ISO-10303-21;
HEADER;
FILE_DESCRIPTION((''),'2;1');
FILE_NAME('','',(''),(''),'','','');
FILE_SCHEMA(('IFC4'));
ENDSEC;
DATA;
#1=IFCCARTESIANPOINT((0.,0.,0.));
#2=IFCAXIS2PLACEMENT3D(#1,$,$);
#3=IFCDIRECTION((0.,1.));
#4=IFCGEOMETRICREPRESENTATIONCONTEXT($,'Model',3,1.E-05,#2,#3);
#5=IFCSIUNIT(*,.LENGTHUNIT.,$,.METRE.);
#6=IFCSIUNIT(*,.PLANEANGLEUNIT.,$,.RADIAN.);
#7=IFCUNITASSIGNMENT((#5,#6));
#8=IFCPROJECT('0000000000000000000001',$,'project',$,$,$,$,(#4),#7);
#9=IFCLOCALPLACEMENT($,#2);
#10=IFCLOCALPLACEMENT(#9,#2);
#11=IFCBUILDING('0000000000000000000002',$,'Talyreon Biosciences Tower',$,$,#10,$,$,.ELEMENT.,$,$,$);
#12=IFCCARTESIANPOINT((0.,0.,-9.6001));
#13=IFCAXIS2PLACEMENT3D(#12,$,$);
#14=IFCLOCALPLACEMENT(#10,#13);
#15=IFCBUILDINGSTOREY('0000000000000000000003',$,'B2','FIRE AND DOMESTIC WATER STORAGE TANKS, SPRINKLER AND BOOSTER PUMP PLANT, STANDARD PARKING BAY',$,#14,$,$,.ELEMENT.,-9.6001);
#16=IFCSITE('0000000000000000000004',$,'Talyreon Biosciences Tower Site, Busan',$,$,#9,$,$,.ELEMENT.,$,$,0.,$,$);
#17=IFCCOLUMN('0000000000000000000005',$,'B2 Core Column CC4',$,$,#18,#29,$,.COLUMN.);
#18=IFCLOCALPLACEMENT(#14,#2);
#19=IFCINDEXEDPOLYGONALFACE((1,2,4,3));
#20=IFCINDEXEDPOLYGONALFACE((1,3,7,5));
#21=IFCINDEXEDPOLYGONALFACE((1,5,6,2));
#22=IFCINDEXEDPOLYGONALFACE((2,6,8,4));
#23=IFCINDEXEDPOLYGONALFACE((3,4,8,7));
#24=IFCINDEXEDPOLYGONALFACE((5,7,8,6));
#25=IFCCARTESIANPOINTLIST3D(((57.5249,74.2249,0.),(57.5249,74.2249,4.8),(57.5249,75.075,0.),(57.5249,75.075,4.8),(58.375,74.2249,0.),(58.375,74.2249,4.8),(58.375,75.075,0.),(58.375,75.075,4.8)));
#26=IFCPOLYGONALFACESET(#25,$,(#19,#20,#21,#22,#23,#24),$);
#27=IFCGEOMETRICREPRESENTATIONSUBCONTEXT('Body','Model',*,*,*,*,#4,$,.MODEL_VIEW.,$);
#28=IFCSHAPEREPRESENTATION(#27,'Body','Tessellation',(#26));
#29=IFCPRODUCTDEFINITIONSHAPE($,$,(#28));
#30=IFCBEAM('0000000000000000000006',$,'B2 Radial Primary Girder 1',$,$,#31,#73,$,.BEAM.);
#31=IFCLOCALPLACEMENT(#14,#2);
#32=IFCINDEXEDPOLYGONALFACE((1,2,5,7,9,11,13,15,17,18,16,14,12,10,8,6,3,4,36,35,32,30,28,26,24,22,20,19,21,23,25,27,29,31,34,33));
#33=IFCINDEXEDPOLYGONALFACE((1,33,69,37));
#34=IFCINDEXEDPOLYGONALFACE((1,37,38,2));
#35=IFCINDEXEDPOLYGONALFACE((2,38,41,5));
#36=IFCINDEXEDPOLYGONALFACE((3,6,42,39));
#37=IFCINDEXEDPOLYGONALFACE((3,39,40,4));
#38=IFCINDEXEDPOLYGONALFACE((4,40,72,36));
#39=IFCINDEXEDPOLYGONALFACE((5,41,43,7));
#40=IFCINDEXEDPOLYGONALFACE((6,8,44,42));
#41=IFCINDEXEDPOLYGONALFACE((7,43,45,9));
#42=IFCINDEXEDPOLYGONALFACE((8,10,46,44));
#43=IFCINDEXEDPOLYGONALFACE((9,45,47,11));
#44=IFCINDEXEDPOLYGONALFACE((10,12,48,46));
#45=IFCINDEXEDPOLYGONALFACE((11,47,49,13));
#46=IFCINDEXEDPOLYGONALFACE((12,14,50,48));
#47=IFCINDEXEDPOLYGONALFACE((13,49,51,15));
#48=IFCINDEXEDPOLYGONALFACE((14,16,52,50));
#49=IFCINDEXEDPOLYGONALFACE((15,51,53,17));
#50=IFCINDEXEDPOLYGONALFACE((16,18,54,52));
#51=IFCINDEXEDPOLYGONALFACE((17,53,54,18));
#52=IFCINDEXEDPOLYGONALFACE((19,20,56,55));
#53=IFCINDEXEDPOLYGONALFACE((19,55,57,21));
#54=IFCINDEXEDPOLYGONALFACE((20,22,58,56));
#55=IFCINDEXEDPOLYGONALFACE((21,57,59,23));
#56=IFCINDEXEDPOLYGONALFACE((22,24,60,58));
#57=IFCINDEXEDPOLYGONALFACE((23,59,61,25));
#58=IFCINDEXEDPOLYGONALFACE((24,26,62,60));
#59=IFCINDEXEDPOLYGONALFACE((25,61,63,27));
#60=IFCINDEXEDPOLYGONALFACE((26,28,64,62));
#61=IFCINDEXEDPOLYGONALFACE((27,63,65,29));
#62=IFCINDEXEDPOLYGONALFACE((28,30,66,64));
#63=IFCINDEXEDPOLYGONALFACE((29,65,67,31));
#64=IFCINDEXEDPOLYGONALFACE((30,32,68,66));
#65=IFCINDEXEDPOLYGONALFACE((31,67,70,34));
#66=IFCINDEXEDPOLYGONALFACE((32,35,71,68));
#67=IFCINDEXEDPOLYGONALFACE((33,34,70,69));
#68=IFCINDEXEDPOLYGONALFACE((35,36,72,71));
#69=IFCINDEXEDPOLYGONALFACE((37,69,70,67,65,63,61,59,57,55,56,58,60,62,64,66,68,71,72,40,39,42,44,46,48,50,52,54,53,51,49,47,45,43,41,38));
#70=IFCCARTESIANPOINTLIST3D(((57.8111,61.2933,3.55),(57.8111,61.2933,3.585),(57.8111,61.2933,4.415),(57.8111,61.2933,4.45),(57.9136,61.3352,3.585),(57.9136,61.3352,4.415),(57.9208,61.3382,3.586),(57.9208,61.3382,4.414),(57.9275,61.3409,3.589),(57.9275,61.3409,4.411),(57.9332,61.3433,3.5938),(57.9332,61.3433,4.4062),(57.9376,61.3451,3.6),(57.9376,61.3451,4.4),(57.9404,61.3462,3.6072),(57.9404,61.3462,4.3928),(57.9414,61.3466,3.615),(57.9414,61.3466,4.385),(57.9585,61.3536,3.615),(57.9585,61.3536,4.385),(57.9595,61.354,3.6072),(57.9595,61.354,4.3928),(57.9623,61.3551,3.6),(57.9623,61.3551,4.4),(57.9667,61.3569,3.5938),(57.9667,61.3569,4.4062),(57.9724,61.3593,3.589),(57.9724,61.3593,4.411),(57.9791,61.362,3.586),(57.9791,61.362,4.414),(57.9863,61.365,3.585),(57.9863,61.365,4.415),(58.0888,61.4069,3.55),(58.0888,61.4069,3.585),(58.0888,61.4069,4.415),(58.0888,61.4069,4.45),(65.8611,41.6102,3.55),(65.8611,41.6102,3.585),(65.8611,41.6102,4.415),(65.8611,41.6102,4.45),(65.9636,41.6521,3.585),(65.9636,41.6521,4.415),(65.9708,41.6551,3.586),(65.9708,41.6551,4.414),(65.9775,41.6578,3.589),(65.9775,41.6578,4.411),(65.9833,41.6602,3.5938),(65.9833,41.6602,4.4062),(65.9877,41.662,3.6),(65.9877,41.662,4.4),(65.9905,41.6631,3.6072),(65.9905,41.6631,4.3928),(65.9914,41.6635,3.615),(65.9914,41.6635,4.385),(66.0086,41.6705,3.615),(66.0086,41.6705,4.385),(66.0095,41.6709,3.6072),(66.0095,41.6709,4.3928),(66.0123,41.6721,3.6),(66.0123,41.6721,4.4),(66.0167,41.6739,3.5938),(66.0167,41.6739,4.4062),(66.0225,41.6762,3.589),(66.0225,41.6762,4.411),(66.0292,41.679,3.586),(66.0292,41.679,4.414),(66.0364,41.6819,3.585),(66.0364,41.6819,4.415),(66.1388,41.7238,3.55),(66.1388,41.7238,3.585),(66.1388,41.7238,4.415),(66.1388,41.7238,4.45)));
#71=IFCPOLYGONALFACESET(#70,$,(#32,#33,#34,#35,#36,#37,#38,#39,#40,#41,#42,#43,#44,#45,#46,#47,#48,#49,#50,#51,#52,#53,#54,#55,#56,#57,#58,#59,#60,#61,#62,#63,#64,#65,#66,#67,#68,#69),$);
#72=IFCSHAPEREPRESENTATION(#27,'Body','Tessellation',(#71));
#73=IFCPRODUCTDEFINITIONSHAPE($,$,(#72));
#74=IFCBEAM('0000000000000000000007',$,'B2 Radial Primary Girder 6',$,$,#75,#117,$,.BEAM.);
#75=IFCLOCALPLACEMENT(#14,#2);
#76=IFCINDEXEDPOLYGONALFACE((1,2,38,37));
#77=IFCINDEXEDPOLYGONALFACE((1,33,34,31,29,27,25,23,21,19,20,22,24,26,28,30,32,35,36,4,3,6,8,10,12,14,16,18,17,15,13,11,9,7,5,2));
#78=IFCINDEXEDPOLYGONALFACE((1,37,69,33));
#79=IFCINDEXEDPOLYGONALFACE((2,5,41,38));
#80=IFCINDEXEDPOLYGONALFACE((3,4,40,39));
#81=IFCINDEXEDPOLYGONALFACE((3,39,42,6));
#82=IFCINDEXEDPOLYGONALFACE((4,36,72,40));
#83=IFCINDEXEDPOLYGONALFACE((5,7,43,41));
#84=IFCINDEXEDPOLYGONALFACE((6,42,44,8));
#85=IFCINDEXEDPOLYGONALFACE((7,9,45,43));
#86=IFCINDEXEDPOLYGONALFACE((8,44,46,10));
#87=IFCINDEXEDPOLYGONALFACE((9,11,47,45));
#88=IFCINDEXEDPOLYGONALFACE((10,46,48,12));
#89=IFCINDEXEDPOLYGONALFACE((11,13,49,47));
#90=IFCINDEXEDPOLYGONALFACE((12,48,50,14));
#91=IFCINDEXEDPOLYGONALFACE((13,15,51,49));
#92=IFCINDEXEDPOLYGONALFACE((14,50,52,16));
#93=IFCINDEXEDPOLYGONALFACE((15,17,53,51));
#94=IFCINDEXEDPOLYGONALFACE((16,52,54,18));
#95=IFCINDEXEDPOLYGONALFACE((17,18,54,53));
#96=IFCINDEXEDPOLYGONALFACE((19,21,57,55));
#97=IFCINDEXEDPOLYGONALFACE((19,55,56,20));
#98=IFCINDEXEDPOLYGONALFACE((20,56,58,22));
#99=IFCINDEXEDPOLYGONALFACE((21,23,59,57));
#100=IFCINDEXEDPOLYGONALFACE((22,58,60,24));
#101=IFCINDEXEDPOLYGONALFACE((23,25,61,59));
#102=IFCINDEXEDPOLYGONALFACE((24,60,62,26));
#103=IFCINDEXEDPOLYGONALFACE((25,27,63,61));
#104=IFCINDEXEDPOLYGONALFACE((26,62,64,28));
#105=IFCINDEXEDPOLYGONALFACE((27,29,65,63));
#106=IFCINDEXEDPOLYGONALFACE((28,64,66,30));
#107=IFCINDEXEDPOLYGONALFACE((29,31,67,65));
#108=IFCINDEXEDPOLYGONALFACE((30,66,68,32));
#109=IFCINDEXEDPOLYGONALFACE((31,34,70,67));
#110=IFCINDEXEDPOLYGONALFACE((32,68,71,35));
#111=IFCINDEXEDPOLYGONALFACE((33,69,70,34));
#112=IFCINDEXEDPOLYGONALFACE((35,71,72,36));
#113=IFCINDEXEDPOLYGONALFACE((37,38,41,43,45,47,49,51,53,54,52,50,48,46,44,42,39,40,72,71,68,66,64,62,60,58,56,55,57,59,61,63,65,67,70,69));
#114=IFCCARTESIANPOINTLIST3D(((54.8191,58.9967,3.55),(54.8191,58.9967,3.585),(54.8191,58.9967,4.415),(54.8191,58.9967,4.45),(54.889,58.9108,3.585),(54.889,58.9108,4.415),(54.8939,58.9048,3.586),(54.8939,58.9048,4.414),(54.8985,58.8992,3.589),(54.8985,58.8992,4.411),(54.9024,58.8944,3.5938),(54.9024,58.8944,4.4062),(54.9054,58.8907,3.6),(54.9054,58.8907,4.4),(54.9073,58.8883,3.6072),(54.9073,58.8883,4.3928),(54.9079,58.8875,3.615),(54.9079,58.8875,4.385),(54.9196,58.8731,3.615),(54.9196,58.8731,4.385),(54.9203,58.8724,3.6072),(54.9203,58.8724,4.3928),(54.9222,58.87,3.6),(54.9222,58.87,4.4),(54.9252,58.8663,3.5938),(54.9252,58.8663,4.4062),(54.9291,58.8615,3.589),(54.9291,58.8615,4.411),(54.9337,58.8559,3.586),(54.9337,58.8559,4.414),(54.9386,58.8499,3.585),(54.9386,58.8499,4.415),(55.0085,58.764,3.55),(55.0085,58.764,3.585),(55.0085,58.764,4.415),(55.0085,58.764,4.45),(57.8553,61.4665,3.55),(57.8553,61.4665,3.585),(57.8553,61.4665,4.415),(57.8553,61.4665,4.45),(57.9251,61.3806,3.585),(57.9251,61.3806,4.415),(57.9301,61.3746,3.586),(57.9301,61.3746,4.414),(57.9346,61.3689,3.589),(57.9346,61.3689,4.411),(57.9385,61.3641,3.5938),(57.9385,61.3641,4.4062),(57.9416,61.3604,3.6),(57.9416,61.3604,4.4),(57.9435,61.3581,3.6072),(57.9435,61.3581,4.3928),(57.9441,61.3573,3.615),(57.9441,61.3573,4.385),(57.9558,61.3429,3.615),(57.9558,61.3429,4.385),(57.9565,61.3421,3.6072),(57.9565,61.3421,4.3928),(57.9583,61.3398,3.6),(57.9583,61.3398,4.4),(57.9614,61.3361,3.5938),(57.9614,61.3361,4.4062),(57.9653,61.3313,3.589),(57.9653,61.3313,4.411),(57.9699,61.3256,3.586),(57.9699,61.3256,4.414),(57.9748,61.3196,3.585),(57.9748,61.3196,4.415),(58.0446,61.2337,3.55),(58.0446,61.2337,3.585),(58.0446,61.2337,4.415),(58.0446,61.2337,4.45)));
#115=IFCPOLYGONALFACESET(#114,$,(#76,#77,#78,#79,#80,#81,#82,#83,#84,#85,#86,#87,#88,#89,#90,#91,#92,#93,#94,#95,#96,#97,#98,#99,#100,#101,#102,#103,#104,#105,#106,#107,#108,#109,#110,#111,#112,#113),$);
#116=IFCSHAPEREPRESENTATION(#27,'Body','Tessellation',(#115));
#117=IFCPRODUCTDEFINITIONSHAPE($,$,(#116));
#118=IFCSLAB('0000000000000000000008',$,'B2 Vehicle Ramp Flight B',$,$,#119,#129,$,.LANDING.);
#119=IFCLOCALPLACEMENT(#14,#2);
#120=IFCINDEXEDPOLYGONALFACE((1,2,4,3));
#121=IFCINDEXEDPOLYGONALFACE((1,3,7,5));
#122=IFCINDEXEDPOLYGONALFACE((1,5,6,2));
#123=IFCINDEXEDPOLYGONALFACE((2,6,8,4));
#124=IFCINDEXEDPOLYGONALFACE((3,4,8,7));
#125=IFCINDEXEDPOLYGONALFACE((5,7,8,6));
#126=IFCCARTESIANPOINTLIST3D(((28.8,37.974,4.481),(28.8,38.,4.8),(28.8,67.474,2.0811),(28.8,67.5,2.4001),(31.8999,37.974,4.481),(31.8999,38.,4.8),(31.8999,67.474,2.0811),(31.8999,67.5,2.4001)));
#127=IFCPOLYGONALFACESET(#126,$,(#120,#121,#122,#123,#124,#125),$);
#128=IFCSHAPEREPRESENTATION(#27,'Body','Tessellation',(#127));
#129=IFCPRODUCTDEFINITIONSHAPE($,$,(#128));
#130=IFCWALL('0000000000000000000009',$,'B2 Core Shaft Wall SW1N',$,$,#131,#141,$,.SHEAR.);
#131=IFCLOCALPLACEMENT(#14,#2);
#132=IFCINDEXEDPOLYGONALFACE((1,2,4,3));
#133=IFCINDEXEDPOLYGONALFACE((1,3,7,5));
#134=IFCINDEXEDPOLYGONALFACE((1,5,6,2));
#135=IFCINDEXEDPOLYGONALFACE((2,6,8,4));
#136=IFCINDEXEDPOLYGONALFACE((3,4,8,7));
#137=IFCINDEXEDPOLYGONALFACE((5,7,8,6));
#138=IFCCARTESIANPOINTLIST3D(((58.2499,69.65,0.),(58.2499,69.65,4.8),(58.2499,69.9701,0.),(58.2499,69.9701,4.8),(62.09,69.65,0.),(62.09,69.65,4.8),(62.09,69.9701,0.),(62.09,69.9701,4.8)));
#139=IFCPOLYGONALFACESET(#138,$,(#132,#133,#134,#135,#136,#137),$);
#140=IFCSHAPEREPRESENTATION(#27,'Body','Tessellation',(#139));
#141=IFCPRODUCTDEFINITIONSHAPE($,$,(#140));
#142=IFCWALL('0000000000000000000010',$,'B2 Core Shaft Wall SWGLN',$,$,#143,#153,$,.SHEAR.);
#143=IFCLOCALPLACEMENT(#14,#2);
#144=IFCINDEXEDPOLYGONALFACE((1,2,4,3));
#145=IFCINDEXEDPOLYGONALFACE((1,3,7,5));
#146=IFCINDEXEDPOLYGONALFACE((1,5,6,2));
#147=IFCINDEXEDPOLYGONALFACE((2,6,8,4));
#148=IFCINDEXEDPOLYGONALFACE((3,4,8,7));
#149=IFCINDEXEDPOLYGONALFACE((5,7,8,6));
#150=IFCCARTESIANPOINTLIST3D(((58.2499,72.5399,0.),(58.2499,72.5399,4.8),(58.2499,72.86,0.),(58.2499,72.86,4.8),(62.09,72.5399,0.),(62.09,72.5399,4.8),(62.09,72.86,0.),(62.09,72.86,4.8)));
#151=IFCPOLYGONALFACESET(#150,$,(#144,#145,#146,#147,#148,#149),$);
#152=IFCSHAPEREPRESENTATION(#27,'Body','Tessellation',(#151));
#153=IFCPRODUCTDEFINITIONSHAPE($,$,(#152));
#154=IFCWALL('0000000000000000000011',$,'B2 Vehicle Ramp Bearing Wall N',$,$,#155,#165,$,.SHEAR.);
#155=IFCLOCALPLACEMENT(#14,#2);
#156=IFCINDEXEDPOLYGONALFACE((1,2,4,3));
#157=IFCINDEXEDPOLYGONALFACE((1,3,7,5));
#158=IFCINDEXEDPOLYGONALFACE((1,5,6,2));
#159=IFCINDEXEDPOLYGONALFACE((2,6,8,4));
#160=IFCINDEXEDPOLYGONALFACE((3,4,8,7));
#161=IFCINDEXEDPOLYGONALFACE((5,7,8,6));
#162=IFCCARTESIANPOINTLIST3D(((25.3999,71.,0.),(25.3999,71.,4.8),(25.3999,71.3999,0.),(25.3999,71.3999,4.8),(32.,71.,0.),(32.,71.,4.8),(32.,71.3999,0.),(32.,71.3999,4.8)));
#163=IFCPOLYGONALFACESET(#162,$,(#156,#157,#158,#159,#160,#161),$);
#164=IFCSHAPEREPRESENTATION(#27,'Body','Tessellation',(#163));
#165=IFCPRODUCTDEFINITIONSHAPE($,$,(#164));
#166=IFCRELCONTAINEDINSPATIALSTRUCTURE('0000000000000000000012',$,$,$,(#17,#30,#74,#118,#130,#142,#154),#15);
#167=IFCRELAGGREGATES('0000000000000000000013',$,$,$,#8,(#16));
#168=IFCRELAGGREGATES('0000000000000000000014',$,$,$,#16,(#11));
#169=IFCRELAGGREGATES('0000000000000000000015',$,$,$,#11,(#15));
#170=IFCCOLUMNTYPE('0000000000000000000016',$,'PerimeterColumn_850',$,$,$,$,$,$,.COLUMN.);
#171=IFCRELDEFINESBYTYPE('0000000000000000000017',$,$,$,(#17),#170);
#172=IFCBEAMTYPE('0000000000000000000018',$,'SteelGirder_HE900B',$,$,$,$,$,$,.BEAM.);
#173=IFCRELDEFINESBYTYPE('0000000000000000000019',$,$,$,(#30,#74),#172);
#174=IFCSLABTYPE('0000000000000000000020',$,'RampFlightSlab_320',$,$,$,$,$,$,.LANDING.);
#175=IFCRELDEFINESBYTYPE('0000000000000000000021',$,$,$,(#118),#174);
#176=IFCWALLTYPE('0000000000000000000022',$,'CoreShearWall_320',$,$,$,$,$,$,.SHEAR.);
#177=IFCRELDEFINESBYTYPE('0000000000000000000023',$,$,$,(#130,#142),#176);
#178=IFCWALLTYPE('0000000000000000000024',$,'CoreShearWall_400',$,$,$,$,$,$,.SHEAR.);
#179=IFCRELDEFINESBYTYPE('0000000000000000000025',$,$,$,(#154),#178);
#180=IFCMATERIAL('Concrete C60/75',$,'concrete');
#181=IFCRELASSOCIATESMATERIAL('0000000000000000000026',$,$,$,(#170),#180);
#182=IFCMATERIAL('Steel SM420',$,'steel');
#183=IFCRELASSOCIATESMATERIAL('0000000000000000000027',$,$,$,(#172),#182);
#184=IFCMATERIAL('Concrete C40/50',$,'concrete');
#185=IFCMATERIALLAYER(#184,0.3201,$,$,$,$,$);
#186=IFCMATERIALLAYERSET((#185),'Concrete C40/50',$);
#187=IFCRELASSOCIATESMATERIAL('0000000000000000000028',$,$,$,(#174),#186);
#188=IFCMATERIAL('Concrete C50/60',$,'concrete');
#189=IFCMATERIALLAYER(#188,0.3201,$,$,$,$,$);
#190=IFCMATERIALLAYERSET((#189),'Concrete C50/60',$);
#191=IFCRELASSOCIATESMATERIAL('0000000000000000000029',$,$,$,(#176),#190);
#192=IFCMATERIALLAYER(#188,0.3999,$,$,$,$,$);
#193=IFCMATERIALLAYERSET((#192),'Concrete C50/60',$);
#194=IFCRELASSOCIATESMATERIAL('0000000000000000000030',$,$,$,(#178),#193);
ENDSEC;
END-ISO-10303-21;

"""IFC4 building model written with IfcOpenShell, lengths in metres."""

from ifc_helpers import new_model, si_unit, direction, frame, frame_2d, origin, origin_2d, place, context, subcontext, project, spatial, polyline, rectangle, i_section, outline, extrude, material, layer, layer_set, material_profile, profile_set, type_object, element, save


model = new_model("IFC4")

# Units and contexts
model_context = context("Model", 3, precision=1e-05, world=origin(), true_north=direction((0.0, 1.0)))
body_context = subcontext(model_context, "Body", "Model", "MODEL_VIEW")
ifc_project = project(units=[si_unit("LENGTHUNIT", "METRE"), si_unit("PLANEANGLEUNIT", "RADIAN")], contexts=[model_context])

# Site, building, storey
site_placement = place(None, origin())
site = spatial("IfcSite", under=ifc_project, at=site_placement, Name="Talyreon Biosciences Tower Site, Busan", CompositionType="ELEMENT", RefElevation=0.0)
building_placement = place(site_placement, origin())
building = spatial("IfcBuilding", under=site, at=building_placement, Name="Talyreon Biosciences Tower", CompositionType="ELEMENT")
storey_placement = place(building_placement, frame((0.0, 0.0, -9.6001)))
storey = spatial("IfcBuildingStorey", under=building, at=storey_placement, Name="B2", Description="FIRE AND DOMESTIC WATER STORAGE TANKS, SPRINKLER AND BOOSTER PUMP PLANT, STANDARD PARKING BAY", CompositionType="ELEMENT", Elevation=-9.6001)

# Shared definitions
ifc_material_1 = material(Name="Concrete C50/60", Category="concrete")

# Column
ifc_material_2 = material(Name="Concrete C60/75", Category="concrete")
ifc_material_profile_1 = material_profile(ifc_material_2, rectangle(XDim=0.8501, YDim=0.8501, at=origin_2d()), Name="RC 850x850")
ifc_profile_set_1 = profile_set([ifc_material_profile_1], Name="Concrete C60/75")
column_type_1 = type_object("IfcColumnType", Name="PerimeterColumn_850", PredefinedType="COLUMN", material=ifc_profile_set_1)
for number, where, z_axis, x_axis, name in (
    (1, (57.95, 74.6499, 0.0), (0.0, 0.0, 1.0), (1.0, 0.0, 0.0), "B2 Core Column CC4"),
):
    element("IfcColumn", number, at=place(storey_placement, frame(where, z_axis=z_axis, x_axis=x_axis)), inside=storey, type_object=column_type_1, Name=name, PredefinedType="COLUMN", context=body_context, shape_type="SweptSolid", body=[
        extrude(rectangle(XDim=0.8501, YDim=0.8501, at=origin_2d()), origin(), (0.0, 0.0, 1.0), 4.8),
    ])

# Beams
ifc_material_3 = material(Name="Steel SM420", Category="steel")
ifc_material_profile_2 = material_profile(ifc_material_3, i_section(OverallWidth=0.3, OverallDepth=0.8999, WebThickness=0.0186, FlangeThickness=0.0349, FilletRadius=0.03, at=origin_2d()), Name="HE900B")
ifc_profile_set_2 = profile_set([ifc_material_profile_2], Name="Steel SM420")
beam_type = type_object("IfcBeamType", Name="SteelGirder_HE900B", PredefinedType="BEAM", material=ifc_profile_set_2)
beam_1_placement = place(storey_placement, frame((57.95, 61.3501, 4.0), z_axis=(0.378547, -0.925582, 0.0), x_axis=(0.925582, 0.378547, 0.0)))
element("IfcBeam", 2, at=beam_1_placement, inside=storey, type_object=beam_type, Name="B2 Radial Primary Girder 1", PredefinedType="BEAM", context=body_context, shape_type="SweptSolid", body=[
    extrude(i_section(OverallWidth=0.3, OverallDepth=0.8999, WebThickness=0.0186, FlangeThickness=0.0349, FilletRadius=0.03, at=origin_2d()), origin(), (0.0, 0.0, 1.0), 21.2656),
])
beam_2_placement = place(storey_placement, frame((57.95, 61.3501, 4.0), z_axis=(-0.775755, -0.631034, 0.0), x_axis=(0.631034, -0.775755, 0.0)))
element("IfcBeam", 3, at=beam_2_placement, inside=storey, type_object=beam_type, Name="B2 Radial Primary Girder 6", PredefinedType="BEAM", context=body_context, shape_type="SweptSolid", body=[
    extrude(i_section(OverallWidth=0.3, OverallDepth=0.8999, WebThickness=0.0186, FlangeThickness=0.0349, FilletRadius=0.03, at=origin_2d()), origin(), (0.0, 0.0, 1.0), 3.9138),
])

# Slab
ifc_material_4 = material(Name="Concrete C40/50", Category="concrete")
ifc_layer_1 = layer(ifc_material_4, 0.3201)
ifc_layer_set_1 = layer_set([ifc_layer_1], Name="Concrete C40/50")
slab_type = type_object("IfcSlabType", Name="RampFlightSlab_320", PredefinedType="LANDING", material=ifc_layer_set_1)
slab_placement = place(storey_placement, frame((28.8, 67.5, 2.4001), z_axis=(0.0, 0.081085, 0.996707), x_axis=(1.0, 0.0, 0.0)))
element("IfcSlab", 4, at=slab_placement, inside=storey, type_object=slab_type, Name="B2 Vehicle Ramp Flight B", PredefinedType="LANDING", context=body_context, shape_type="SweptSolid", body=[
    extrude(outline(polyline([(0.0, 0.0), (3.0999, 0.0), (3.0999, -29.5975), (0.0, -29.5975), (0.0, 0.0)])), origin(), (0.0, 0.0, -1.0), 0.3201),
])

# Walls
ifc_layer_2 = layer(ifc_material_1, 0.3201)
ifc_layer_set_2 = layer_set([ifc_layer_2], Name="Concrete C50/60")
wall_type_1 = type_object("IfcWallType", Name="CoreShearWall_320", PredefinedType="SHEAR", material=ifc_layer_set_2)
for number, where, z_axis, x_axis, name in (
    (5, (58.25, 69.8101, 0.0), (0.0, 0.0, 1.0), (1.0, 0.0, 0.0), "B2 Core Shaft Wall SW1N"),
    (6, (58.25, 72.7, 0.0), (0.0, 0.0, 1.0), (1.0, 0.0, 0.0), "B2 Core Shaft Wall SWGLN"),
):
    element("IfcWall", number, at=place(storey_placement, frame(where, z_axis=z_axis, x_axis=x_axis)), inside=storey, type_object=wall_type_1, Name=name, PredefinedType="SHEAR", context=body_context, shape_type="SweptSolid", body=[
        extrude(rectangle(XDim=3.8401, YDim=0.3201, at=frame_2d((1.9199, 0.0))), origin(), (0.0, 0.0, 1.0), 4.8),
    ])
ifc_layer_3 = layer(ifc_material_1, 0.3999)
ifc_layer_set_3 = layer_set([ifc_layer_3], Name="Concrete C50/60")
wall_type_2 = type_object("IfcWallType", Name="CoreShearWall_400", PredefinedType="SHEAR", material=ifc_layer_set_3)
wall_1_placement = place(storey_placement, frame((25.3999, 71.2, 0.0), z_axis=(0.0, 0.0, 1.0), x_axis=(1.0, 0.0, 0.0)))
element("IfcWall", 7, at=wall_1_placement, inside=storey, type_object=wall_type_2, Name="B2 Vehicle Ramp Bearing Wall N", PredefinedType="SHEAR", context=body_context, shape_type="SweptSolid", body=[
    extrude(rectangle(XDim=6.6001, YDim=0.3999, at=frame_2d((3.3, 0.0))), origin(), (0.0, 0.0, 1.0), 4.8),
])

save(model, "model.ifc")
